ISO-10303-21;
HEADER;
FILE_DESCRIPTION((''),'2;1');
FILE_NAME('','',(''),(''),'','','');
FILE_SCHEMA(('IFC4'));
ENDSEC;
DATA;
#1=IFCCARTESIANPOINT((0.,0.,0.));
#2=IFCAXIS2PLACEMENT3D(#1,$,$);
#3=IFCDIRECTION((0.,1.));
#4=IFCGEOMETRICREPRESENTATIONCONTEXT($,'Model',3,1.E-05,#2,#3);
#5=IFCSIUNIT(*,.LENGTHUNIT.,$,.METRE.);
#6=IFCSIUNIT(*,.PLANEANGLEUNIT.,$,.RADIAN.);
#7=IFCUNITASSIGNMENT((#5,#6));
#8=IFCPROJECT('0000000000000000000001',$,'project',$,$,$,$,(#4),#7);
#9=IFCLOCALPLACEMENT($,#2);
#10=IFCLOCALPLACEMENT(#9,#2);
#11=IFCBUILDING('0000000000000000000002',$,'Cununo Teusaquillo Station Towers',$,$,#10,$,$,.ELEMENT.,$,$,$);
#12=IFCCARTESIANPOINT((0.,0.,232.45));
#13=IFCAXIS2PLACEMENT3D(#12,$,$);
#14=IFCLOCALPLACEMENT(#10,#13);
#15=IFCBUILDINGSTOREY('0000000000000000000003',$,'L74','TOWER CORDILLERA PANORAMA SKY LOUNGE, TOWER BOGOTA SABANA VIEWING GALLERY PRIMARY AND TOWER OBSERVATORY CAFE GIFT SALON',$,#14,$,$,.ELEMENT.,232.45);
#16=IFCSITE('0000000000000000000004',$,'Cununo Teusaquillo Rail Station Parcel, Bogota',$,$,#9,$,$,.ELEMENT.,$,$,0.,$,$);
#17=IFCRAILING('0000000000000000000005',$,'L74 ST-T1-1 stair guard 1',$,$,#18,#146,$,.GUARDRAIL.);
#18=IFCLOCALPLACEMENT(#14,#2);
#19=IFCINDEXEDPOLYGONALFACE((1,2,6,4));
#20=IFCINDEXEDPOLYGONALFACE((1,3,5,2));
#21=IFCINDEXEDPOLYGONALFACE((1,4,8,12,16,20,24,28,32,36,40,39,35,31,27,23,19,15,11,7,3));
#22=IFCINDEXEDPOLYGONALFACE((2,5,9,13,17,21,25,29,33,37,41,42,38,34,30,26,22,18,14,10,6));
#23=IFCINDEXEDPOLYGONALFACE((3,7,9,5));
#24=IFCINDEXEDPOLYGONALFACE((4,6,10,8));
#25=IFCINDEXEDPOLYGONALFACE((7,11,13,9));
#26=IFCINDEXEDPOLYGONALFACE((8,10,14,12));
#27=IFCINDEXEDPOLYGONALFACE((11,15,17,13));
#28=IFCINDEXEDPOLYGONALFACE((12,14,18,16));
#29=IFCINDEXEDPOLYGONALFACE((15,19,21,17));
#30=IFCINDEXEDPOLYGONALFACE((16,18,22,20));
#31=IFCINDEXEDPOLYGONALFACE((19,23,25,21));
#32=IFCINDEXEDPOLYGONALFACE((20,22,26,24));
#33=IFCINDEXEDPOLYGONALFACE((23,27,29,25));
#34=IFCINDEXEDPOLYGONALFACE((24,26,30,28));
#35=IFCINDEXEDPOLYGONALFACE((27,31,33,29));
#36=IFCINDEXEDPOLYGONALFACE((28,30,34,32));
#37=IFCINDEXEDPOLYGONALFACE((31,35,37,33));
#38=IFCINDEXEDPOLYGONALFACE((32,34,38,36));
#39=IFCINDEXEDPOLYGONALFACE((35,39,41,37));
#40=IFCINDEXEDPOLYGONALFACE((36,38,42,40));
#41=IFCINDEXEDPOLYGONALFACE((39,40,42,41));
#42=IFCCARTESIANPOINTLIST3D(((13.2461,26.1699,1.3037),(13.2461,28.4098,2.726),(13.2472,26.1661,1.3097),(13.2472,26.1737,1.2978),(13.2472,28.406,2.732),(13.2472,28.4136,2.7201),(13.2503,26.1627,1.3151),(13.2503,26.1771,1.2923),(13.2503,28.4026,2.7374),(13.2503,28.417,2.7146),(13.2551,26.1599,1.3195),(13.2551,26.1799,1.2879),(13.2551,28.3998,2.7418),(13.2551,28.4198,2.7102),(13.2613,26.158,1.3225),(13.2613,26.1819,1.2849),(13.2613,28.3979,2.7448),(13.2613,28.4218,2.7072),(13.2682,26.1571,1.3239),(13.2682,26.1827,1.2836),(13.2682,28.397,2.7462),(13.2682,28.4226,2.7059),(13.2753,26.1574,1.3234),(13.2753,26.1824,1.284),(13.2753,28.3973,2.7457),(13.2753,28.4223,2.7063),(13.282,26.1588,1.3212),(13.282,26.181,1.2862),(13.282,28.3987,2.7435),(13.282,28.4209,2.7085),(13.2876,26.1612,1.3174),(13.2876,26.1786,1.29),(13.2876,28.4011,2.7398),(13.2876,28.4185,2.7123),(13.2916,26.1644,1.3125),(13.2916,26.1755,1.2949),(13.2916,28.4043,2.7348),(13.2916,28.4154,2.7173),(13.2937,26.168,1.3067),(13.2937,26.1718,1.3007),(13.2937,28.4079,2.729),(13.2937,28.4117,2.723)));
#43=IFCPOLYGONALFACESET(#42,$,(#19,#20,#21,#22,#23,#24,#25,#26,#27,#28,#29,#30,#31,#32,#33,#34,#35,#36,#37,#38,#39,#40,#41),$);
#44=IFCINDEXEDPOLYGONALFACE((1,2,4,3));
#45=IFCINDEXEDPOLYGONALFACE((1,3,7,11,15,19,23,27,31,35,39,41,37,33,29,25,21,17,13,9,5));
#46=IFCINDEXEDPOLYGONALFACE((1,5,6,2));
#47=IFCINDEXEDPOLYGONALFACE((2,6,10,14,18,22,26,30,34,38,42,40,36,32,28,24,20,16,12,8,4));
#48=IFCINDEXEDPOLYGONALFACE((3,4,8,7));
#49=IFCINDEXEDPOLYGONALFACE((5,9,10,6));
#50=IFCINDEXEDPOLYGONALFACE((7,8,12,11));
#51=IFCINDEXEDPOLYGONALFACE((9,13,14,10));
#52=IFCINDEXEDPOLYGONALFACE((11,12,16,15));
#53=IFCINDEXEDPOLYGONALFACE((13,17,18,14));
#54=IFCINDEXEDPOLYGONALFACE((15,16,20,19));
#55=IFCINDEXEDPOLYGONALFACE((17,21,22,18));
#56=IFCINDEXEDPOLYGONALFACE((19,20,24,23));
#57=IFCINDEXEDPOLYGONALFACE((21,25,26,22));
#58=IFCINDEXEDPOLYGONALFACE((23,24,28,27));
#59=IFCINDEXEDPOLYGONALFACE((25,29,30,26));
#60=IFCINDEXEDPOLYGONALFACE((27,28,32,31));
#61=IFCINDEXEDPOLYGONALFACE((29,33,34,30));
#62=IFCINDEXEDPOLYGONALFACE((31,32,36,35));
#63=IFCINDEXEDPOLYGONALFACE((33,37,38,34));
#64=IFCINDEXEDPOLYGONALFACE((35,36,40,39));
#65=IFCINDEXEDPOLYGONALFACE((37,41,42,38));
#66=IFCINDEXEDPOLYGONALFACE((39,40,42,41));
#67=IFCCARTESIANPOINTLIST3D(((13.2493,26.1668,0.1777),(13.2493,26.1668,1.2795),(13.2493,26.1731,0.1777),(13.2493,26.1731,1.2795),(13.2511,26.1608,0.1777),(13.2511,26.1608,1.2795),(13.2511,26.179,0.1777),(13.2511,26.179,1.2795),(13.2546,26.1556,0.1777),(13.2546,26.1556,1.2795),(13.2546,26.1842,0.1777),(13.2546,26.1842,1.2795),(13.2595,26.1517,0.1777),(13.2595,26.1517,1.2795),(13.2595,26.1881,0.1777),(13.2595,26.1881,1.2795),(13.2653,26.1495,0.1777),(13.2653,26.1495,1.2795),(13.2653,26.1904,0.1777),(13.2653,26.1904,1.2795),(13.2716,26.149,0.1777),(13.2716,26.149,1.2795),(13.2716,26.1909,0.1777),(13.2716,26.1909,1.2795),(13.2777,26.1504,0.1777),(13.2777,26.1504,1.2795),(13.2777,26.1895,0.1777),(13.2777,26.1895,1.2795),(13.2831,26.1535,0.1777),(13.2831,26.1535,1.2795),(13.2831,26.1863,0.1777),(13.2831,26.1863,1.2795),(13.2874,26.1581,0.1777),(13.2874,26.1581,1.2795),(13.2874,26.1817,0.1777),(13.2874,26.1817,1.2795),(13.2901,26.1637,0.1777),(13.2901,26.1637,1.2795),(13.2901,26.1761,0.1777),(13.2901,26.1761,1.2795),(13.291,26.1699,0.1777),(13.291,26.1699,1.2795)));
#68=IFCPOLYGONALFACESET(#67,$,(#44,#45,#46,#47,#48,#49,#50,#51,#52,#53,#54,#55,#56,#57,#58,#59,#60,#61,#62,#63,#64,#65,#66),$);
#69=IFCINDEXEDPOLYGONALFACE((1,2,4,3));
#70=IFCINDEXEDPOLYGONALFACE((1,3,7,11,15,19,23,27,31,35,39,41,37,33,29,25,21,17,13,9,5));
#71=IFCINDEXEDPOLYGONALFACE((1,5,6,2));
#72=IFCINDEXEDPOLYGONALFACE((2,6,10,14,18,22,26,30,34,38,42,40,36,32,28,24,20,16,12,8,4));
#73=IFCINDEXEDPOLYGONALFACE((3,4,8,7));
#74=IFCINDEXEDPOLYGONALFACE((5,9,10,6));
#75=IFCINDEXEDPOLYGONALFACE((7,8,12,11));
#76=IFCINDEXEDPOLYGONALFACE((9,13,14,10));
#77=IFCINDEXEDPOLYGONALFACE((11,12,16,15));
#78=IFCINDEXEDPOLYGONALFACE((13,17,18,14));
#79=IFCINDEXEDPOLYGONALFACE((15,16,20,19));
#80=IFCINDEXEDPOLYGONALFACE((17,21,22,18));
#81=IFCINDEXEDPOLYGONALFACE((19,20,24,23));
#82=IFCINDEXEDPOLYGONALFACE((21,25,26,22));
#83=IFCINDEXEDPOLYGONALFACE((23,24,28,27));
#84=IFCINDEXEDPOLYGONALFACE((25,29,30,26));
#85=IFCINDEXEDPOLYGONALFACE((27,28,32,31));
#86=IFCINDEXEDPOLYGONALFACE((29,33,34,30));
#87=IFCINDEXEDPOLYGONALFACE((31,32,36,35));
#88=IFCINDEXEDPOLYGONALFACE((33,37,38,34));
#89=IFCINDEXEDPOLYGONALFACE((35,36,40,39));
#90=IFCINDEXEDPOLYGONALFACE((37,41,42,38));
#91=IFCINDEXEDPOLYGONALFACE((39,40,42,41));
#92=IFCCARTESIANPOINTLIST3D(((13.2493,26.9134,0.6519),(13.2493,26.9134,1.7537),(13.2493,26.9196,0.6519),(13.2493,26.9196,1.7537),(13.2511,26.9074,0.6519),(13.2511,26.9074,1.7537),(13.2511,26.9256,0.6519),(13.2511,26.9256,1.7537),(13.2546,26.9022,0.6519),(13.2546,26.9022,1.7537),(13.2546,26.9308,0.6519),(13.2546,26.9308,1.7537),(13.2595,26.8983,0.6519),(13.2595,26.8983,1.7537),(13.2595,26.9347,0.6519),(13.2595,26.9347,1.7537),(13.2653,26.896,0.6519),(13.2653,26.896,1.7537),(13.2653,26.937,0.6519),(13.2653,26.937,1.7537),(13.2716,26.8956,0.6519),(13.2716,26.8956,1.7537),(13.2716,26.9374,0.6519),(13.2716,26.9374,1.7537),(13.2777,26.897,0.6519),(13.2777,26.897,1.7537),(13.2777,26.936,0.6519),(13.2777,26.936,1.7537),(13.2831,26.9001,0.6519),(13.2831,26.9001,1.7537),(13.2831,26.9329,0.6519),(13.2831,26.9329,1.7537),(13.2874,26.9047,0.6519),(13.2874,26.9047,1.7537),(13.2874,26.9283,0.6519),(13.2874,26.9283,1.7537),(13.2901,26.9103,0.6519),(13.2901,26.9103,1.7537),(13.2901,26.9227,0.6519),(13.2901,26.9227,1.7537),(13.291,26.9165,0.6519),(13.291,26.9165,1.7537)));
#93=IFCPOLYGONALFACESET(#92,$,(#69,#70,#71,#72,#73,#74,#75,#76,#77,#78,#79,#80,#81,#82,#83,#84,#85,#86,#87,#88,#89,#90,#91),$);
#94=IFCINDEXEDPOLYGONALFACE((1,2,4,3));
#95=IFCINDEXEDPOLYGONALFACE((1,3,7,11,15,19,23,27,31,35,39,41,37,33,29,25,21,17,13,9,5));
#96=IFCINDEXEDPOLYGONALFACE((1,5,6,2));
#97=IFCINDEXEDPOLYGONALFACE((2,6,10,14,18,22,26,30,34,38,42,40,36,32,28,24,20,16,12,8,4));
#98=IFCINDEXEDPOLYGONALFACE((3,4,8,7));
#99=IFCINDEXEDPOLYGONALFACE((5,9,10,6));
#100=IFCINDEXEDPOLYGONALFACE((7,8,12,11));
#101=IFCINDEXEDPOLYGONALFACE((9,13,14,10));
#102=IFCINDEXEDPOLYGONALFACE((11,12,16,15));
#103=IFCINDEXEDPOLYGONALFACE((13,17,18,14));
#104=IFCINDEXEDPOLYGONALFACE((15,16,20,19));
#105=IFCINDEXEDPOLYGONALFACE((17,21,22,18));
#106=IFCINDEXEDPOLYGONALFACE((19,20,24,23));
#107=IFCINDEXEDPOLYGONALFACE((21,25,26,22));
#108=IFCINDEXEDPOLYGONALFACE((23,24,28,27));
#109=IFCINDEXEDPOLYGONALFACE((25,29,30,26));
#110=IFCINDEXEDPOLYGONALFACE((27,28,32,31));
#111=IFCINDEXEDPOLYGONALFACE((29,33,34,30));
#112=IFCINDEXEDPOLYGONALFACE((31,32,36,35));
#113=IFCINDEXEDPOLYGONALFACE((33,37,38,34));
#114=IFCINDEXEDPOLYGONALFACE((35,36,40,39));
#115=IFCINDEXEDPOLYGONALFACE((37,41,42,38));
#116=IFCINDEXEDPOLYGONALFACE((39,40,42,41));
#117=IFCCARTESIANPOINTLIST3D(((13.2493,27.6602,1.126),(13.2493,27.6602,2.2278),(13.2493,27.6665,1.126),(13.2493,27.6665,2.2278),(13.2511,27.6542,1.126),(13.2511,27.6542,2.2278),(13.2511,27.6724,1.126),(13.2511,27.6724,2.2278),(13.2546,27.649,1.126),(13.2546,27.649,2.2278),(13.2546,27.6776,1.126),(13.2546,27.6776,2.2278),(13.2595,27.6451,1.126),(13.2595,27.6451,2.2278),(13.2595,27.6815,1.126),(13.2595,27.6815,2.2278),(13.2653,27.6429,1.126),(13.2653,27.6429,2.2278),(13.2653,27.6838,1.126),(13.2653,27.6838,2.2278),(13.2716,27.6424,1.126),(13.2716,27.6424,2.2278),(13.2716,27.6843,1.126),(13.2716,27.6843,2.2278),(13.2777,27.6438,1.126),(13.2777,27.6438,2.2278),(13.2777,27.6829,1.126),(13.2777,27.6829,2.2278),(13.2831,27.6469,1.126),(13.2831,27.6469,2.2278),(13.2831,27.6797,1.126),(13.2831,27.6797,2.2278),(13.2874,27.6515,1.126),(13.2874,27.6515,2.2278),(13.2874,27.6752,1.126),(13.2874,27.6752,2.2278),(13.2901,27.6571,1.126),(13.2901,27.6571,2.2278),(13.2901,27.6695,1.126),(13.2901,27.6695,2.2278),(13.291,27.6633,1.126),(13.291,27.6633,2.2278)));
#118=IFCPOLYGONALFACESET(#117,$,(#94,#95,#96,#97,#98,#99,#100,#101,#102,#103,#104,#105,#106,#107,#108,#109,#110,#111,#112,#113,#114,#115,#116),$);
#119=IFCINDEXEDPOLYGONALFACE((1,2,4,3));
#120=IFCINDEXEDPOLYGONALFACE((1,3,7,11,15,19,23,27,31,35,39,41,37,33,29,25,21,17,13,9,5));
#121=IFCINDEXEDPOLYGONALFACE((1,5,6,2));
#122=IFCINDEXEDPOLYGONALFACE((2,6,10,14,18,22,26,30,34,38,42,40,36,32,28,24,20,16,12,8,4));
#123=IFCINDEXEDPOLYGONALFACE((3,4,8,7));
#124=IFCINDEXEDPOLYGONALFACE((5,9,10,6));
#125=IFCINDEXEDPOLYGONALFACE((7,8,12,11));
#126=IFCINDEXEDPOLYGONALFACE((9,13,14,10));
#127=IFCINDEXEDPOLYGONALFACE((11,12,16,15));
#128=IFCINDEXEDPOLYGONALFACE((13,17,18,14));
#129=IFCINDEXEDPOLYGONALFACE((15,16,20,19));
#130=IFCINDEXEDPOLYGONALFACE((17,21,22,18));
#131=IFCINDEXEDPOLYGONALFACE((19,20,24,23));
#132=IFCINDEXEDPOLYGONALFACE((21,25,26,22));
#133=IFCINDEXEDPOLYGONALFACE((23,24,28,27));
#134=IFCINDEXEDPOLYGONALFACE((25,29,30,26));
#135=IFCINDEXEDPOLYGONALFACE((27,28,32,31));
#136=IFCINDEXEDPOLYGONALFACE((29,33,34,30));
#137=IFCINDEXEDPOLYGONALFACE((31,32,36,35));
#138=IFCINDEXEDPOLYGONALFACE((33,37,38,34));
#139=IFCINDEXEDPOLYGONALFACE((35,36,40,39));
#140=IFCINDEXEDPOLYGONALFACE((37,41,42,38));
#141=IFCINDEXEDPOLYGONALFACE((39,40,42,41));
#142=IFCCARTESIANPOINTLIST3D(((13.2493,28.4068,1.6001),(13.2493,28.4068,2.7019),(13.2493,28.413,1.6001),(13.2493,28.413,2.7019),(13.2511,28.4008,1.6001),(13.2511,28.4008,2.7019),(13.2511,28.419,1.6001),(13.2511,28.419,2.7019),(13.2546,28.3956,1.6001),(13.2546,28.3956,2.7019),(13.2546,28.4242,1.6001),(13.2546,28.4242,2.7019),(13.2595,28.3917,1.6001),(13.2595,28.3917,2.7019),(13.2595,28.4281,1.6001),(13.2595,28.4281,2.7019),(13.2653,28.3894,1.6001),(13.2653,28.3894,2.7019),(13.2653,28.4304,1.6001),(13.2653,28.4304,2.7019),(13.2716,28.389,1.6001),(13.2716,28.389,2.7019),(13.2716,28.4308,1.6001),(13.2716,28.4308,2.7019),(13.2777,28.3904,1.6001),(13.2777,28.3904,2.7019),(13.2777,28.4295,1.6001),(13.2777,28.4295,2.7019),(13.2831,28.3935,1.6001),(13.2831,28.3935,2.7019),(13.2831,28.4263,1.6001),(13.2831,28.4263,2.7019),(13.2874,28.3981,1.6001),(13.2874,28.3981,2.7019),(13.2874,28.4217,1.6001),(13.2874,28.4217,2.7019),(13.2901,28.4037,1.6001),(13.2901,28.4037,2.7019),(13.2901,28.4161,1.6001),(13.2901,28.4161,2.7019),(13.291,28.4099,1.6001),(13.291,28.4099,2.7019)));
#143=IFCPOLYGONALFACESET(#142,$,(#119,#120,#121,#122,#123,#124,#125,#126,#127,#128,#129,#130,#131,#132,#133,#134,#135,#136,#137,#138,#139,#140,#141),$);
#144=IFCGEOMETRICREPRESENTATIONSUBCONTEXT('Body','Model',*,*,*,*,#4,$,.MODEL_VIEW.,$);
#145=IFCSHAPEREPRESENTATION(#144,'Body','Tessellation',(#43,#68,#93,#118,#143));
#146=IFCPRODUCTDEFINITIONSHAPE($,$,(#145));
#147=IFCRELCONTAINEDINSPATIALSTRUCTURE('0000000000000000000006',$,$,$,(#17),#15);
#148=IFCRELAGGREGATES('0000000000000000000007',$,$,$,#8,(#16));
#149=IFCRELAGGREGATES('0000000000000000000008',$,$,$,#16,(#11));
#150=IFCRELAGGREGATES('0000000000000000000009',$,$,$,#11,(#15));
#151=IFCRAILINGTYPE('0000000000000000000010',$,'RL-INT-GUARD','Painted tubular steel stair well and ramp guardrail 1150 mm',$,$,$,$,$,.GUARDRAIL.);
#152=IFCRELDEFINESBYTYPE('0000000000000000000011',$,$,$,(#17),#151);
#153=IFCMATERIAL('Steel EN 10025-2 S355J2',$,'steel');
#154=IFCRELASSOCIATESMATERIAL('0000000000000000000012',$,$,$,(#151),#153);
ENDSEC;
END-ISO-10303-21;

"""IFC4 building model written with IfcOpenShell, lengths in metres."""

from ifc_helpers import new_model, si_unit, direction, frame, origin, origin_2d, place, context, subcontext, project, spatial, circle, extrude, material, type_object, element, save


model = new_model("IFC4")

# Units and contexts
model_context = context("Model", 3, precision=1e-05, world=origin(), true_north=direction((0.0, 1.0)))
body_context = subcontext(model_context, "Body", "Model", "MODEL_VIEW")
ifc_project = project(units=[si_unit("LENGTHUNIT", "METRE"), si_unit("PLANEANGLEUNIT", "RADIAN")], contexts=[model_context])

# Site, building, storey
site_placement = place(None, origin())
site = spatial("IfcSite", under=ifc_project, at=site_placement, Name="Cununo Teusaquillo Rail Station Parcel, Bogota", CompositionType="ELEMENT", RefElevation=0.0)
building_placement = place(site_placement, origin())
building = spatial("IfcBuilding", under=site, at=building_placement, Name="Cununo Teusaquillo Station Towers", CompositionType="ELEMENT")
storey_placement = place(building_placement, frame((0.0, 0.0, 232.45)))
storey = spatial("IfcBuildingStorey", under=building, at=storey_placement, Name="L74", Description="TOWER CORDILLERA PANORAMA SKY LOUNGE, TOWER BOGOTA SABANA VIEWING GALLERY PRIMARY AND TOWER OBSERVATORY CAFE GIFT SALON", CompositionType="ELEMENT", Elevation=232.45)

# Railing
ifc_material_1 = material(Name="Steel EN 10025-2 S355J2", Category="steel")
railing_type_1 = type_object("IfcRailingType", Name="RL-INT-GUARD", Description="Painted tubular steel stair well and ramp guardrail 1150 mm", PredefinedType="GUARDRAIL", material=ifc_material_1)
railing_1_placement = place(storey_placement, frame((13.27, 26.1699, 0.1777)))
element("IfcRailing", 1, at=railing_1_placement, inside=storey, type_object=railing_type_1, Name="L74 ST-T1-1 stair guard 1", PredefinedType="GUARDRAIL", context=body_context, shape_type="SweptSolid", body=[
    extrude(circle(Radius=0.0239, at=origin_2d()), frame((0.0, 0.0, 1.126), z_axis=(0.0, 0.844188, 0.536048), x_axis=(-1.0, 0.0, 0.0)), (0.0, 0.0, 1.0), 2.6533),
    extrude(circle(Radius=0.021, at=origin_2d()), origin(), (0.0, 0.0, 1.0), 1.1018),
    extrude(circle(Radius=0.021, at=origin_2d()), frame((0.0, 0.7466, 0.4741)), (0.0, 0.0, 1.0), 1.1018),
    extrude(circle(Radius=0.021, at=origin_2d()), frame((0.0, 1.4934, 0.9482)), (0.0, 0.0, 1.0), 1.1018),
    extrude(circle(Radius=0.021, at=origin_2d()), frame((0.0, 2.24, 1.4224)), (0.0, 0.0, 1.0), 1.1018),
])

save(model, "model.ifc")
